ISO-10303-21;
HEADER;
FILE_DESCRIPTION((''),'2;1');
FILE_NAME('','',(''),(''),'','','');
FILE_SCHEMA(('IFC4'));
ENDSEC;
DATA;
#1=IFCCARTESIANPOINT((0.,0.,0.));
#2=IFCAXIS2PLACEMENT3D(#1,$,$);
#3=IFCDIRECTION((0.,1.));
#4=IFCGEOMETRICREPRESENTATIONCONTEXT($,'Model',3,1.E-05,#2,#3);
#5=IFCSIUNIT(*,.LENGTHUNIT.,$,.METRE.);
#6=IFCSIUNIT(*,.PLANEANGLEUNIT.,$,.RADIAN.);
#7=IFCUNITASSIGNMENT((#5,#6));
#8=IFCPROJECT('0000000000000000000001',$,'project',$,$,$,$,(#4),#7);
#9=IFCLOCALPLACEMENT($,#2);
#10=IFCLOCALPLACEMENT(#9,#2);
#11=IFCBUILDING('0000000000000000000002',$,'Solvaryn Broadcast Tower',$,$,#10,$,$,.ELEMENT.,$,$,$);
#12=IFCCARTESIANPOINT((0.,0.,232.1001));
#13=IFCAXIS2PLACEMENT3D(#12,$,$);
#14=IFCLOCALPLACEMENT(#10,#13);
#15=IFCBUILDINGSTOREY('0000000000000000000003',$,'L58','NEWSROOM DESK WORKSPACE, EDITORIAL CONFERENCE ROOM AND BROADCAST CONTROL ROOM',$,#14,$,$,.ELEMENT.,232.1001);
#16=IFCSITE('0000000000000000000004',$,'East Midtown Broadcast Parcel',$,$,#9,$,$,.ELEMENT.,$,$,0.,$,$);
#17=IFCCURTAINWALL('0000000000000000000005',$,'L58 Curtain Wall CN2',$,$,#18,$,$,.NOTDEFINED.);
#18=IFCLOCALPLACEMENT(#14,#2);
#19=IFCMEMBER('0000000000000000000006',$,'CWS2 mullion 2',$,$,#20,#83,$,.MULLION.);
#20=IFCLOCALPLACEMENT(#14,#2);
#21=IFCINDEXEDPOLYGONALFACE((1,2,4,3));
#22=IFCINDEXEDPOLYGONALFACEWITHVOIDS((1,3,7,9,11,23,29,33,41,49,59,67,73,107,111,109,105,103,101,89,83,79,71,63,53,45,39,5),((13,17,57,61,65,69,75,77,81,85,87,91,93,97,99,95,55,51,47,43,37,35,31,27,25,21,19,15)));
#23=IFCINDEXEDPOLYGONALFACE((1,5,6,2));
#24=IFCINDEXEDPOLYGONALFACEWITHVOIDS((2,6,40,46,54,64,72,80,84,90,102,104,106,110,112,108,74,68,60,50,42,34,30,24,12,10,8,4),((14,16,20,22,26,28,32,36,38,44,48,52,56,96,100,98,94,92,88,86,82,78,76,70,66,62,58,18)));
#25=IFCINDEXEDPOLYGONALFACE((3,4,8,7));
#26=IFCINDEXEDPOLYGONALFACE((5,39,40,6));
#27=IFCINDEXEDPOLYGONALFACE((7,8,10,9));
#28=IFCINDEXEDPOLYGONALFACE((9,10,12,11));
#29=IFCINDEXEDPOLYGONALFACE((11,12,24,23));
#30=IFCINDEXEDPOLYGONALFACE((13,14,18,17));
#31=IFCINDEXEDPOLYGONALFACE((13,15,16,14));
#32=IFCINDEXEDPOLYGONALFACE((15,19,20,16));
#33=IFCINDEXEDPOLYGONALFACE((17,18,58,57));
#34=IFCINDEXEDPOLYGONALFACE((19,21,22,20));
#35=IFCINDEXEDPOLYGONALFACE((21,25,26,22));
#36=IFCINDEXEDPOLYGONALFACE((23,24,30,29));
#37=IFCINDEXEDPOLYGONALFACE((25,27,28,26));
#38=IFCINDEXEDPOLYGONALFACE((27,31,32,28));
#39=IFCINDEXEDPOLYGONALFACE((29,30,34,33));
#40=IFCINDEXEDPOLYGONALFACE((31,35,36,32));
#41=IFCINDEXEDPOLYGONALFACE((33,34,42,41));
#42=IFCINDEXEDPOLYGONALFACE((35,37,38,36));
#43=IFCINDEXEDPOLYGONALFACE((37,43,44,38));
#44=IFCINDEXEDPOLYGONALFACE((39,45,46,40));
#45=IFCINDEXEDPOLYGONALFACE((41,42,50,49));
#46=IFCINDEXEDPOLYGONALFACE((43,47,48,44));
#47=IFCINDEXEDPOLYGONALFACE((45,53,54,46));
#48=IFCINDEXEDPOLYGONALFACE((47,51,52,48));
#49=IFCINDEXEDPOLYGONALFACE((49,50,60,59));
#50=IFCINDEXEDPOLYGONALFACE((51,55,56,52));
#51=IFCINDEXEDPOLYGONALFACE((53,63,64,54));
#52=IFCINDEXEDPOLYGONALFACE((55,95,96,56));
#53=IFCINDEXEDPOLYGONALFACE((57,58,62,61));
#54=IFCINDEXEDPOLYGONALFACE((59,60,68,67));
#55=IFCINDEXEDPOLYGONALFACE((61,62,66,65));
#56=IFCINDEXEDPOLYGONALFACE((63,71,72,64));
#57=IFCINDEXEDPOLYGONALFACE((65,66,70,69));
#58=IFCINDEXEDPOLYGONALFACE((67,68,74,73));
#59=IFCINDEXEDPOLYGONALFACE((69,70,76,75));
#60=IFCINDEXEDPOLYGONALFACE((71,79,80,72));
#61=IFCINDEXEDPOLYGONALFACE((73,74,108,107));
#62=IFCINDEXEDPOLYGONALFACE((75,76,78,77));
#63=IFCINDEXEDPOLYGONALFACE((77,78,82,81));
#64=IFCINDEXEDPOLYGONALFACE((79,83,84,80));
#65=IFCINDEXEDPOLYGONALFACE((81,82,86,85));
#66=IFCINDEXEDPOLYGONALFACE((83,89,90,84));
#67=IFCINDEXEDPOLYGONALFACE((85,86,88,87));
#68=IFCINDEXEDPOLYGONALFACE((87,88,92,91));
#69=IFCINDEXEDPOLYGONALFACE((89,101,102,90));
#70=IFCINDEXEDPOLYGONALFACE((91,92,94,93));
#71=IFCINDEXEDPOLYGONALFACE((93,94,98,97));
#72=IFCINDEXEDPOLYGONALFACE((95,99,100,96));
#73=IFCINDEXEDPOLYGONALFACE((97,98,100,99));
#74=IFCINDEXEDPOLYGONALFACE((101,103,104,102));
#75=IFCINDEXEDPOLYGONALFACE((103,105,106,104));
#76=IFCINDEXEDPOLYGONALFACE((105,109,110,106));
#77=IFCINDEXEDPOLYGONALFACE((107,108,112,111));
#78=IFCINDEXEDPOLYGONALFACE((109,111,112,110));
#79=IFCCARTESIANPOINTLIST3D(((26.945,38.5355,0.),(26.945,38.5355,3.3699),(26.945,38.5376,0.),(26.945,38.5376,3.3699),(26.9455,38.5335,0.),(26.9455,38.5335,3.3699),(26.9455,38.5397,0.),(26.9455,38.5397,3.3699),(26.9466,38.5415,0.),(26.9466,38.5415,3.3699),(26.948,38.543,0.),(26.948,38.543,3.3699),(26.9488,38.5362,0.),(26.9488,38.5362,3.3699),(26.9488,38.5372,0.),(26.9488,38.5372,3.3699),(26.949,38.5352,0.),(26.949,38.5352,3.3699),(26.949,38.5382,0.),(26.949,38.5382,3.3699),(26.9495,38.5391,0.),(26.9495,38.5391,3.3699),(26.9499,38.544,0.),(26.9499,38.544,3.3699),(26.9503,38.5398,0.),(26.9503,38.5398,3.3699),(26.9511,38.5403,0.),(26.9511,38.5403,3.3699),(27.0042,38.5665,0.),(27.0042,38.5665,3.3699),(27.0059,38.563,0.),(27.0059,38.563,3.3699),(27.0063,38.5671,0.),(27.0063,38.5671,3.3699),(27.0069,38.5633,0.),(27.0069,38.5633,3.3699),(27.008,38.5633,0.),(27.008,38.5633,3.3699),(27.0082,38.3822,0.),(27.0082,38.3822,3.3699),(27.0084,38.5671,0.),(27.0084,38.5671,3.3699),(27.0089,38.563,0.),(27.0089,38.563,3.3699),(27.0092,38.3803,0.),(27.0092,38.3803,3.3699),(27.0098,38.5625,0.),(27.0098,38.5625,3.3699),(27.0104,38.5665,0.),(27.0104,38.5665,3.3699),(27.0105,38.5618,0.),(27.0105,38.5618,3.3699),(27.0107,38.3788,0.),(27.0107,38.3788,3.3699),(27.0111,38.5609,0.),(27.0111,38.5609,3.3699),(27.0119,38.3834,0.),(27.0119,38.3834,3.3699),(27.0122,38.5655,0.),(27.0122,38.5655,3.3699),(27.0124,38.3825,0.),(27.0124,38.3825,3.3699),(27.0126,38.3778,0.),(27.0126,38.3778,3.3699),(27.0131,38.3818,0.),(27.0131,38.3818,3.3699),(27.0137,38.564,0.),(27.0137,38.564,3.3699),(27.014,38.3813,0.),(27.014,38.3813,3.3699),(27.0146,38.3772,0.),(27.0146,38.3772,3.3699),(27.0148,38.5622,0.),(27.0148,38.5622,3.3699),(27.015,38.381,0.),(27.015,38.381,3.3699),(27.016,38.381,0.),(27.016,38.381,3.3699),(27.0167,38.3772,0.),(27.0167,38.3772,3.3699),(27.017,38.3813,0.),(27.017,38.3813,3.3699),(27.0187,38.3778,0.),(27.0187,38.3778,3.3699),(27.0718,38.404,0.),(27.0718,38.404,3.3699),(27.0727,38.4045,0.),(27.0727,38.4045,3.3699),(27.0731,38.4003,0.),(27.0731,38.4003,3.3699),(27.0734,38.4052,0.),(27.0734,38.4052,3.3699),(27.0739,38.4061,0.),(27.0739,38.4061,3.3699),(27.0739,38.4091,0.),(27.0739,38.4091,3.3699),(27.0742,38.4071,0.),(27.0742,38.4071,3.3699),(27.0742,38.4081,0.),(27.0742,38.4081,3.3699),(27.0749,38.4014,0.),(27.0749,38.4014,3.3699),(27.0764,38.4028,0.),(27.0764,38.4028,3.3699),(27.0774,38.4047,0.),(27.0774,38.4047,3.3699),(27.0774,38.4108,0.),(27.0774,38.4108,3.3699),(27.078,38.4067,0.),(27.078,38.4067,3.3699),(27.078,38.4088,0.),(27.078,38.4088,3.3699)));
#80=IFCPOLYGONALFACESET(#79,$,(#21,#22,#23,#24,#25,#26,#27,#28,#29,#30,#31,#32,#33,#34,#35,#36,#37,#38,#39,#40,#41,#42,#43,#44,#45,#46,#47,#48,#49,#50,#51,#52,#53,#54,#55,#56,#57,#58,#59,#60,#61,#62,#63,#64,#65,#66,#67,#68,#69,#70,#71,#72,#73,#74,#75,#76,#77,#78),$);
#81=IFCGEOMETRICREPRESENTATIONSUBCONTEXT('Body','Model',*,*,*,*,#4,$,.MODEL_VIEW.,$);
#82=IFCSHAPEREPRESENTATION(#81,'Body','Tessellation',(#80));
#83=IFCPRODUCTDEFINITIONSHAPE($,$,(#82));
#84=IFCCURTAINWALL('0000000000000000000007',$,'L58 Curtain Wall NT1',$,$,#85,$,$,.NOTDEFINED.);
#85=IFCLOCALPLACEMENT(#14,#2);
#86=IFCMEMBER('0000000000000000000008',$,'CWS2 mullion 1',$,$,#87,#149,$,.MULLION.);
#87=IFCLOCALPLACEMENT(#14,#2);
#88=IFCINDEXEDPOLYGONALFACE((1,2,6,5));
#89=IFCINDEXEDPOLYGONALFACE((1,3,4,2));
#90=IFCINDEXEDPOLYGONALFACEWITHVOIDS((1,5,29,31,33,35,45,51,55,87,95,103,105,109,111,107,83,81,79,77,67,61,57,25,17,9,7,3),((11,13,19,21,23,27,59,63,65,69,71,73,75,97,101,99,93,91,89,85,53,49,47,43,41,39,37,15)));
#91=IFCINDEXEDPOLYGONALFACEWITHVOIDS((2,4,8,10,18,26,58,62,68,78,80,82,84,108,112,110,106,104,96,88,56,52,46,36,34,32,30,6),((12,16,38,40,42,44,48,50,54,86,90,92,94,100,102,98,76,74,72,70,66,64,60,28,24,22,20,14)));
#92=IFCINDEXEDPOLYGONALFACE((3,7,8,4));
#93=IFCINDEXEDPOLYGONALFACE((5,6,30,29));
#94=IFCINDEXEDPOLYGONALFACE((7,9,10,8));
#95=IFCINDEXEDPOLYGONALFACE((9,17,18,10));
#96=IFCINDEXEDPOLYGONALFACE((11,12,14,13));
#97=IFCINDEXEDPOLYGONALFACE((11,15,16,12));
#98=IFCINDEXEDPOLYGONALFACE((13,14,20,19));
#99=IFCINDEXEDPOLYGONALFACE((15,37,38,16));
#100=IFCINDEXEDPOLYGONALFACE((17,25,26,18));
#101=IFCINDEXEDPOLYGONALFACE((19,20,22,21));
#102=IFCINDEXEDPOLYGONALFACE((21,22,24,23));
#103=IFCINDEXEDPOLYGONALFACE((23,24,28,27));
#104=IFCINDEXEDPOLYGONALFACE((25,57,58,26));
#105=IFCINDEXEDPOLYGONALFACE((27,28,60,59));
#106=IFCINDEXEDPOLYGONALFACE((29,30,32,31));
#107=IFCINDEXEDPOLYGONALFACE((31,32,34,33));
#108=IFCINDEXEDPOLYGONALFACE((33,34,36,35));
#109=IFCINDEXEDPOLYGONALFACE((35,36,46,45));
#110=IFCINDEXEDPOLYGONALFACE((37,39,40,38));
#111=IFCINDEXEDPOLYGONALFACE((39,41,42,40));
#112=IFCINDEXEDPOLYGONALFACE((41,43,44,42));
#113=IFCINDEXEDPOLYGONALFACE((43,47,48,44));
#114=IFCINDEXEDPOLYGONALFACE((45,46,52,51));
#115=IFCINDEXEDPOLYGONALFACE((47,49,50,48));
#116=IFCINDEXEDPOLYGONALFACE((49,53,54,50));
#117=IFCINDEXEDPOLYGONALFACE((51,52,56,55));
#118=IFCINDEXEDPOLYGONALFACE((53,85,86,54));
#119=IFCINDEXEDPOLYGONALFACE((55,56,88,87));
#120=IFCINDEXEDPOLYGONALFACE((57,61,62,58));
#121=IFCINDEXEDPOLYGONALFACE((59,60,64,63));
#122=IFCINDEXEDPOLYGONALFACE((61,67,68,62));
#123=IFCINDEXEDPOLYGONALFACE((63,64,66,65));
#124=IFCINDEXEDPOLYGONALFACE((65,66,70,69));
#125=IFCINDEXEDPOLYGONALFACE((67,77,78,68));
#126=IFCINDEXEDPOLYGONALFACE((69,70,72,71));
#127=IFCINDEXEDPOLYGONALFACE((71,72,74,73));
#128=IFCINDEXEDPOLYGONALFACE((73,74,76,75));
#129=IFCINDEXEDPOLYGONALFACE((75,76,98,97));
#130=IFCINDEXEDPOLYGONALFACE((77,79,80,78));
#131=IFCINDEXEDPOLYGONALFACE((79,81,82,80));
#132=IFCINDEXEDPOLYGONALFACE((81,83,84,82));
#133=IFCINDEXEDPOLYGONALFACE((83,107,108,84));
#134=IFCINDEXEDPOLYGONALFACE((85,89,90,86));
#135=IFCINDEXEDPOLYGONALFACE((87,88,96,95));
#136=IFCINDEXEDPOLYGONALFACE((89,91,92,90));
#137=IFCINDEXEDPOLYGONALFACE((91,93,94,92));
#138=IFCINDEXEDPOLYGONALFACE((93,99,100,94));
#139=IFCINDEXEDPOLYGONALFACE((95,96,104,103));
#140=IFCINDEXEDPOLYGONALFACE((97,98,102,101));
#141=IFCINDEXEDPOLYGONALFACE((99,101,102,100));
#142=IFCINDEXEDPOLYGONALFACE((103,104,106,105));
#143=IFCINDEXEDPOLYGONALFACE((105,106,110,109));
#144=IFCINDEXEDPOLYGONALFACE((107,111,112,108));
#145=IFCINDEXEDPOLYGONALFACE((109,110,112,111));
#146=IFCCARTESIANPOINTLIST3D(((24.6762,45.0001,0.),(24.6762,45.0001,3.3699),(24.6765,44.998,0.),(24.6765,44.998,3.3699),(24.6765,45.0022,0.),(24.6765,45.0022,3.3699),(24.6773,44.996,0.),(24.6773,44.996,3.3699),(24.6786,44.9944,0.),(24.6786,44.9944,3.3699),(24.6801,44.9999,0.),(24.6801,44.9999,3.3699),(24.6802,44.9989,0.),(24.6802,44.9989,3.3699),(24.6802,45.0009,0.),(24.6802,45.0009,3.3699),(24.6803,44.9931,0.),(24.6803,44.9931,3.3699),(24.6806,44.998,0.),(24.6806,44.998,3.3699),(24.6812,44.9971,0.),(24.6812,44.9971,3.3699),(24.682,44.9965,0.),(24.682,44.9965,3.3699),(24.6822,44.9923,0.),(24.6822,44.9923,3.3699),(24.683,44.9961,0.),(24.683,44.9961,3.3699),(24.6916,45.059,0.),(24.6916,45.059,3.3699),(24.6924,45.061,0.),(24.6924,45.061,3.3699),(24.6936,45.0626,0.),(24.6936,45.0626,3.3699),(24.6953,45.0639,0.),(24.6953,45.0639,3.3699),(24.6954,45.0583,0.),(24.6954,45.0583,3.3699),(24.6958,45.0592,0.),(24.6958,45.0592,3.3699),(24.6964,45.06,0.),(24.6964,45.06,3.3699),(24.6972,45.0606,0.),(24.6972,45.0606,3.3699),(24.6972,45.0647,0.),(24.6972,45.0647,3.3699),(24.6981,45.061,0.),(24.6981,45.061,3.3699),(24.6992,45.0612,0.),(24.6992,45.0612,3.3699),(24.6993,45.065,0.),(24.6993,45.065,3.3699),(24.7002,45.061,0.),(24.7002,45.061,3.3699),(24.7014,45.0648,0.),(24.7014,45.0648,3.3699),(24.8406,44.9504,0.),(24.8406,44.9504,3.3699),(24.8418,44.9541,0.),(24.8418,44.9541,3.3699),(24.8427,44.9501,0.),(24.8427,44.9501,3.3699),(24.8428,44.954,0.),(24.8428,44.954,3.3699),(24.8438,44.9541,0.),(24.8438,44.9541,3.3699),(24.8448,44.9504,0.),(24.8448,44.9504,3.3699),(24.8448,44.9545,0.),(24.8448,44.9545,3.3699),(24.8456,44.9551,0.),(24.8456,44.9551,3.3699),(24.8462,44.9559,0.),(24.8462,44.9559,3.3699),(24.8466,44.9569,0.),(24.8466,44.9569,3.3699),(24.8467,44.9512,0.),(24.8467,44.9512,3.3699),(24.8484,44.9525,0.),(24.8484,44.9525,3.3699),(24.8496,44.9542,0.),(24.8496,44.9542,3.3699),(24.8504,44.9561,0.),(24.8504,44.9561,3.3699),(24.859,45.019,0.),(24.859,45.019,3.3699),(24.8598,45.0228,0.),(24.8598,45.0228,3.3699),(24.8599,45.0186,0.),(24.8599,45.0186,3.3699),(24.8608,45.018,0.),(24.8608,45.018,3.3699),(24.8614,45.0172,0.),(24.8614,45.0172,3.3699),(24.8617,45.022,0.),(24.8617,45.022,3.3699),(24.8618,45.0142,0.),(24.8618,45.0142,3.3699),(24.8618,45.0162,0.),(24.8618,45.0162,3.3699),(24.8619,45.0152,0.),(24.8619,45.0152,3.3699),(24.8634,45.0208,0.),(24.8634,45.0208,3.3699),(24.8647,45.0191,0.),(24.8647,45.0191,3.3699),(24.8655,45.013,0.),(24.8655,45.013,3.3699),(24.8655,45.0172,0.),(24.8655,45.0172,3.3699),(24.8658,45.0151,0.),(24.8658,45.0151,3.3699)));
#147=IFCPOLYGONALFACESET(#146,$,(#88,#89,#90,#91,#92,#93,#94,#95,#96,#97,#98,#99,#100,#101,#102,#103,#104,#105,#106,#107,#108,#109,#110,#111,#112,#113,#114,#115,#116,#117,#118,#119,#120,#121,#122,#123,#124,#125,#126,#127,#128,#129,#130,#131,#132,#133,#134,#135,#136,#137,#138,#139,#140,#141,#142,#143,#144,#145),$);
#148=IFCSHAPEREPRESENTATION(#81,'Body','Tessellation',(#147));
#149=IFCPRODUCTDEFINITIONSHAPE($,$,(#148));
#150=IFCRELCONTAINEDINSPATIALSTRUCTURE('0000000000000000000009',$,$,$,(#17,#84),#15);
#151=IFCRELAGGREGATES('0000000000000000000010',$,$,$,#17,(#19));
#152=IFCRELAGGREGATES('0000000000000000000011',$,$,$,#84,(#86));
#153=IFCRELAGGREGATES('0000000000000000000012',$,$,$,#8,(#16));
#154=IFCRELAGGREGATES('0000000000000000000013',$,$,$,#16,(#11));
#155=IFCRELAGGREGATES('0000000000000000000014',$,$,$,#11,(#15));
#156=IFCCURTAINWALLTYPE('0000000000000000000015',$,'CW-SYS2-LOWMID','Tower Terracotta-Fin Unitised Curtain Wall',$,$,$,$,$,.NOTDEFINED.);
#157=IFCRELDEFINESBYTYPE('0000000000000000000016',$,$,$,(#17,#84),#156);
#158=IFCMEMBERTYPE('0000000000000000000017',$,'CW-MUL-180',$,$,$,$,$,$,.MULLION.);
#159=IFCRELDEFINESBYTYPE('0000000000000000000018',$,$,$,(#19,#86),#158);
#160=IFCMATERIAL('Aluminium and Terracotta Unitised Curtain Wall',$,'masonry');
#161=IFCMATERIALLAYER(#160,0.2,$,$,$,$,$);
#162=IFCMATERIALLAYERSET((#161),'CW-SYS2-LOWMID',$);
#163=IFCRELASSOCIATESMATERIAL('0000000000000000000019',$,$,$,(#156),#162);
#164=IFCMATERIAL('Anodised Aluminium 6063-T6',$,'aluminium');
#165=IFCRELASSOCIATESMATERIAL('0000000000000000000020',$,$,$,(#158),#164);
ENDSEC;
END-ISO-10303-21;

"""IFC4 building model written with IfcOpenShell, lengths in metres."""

from ifc_helpers import new_model, si_unit, direction, frame, origin, origin_2d, place, context, subcontext, project, spatial, hollow_rectangle, extrude, material, layer, layer_set, material_profile, profile_set, type_object, element, aggregate, save


model = new_model("IFC4")

# Units and contexts
model_context = context("Model", 3, precision=1e-05, world=origin(), true_north=direction((0.0, 1.0)))
body_context = subcontext(model_context, "Body", "Model", "MODEL_VIEW")
ifc_project = project(units=[si_unit("LENGTHUNIT", "METRE"), si_unit("PLANEANGLEUNIT", "RADIAN")], contexts=[model_context])

# Site, building, storey
site_placement = place(None, origin())
site = spatial("IfcSite", under=ifc_project, at=site_placement, Name="East Midtown Broadcast Parcel", CompositionType="ELEMENT", RefElevation=0.0)
building_placement = place(site_placement, origin())
building = spatial("IfcBuilding", under=site, at=building_placement, Name="Solvaryn Broadcast Tower", CompositionType="ELEMENT")
storey_placement = place(building_placement, frame((0.0, 0.0, 232.1001)))
storey = spatial("IfcBuildingStorey", under=building, at=storey_placement, Name="L58", Description="NEWSROOM DESK WORKSPACE, EDITORIAL CONFERENCE ROOM AND BROADCAST CONTROL ROOM", CompositionType="ELEMENT", Elevation=232.1001)

# Shared definitions
ifc_material_1 = material(Name="Aluminium and Terracotta Unitised Curtain Wall", Category="masonry")
ifc_layer_1 = layer(ifc_material_1, 0.2)
ifc_layer_set_1 = layer_set([ifc_layer_1], Name="CW-SYS2-LOWMID")
curtain_wall_type = type_object("IfcCurtainWallType", Name="CW-SYS2-LOWMID", Description="Tower Terracotta-Fin Unitised Curtain Wall", PredefinedType="NOTDEFINED", material=ifc_layer_set_1)
ifc_material_2 = material(Name="Anodised Aluminium 6063-T6", Category="aluminium")
ifc_material_profile_1 = material_profile(ifc_material_2, hollow_rectangle(XDim=0.075, YDim=0.1799, WallThickness=0.0039, InnerFilletRadius=0.0039, OuterFilletRadius=0.0081, at=origin_2d()))
ifc_profile_set_1 = profile_set([ifc_material_profile_1], Name="Anodised Aluminium 6063-T6")
member_type_1 = type_object("IfcMemberType", Name="CW-MUL-180", PredefinedType="MULLION", material=ifc_profile_set_1)

# Curtain walls, members
curtain_wall_1_placement = place(storey_placement, origin())
curtain_wall_1 = element("IfcCurtainWall", 1, at=curtain_wall_1_placement, inside=storey, type_object=curtain_wall_type, Name="L58 Curtain Wall CN2", PredefinedType="NOTDEFINED")
member_1_placement = place(storey_placement, frame((27.0115, 38.4722, 0.0), z_axis=(0.0, 0.0, 1.0), x_axis=(-0.923895, -0.382646, 0.0)))
member_1 = element("IfcMember", 2, at=member_1_placement, type_object=member_type_1, Name="CWS2 mullion 2", PredefinedType="MULLION", context=body_context, shape_type="SweptSolid", body=[
    extrude(hollow_rectangle(XDim=0.075, YDim=0.1799, WallThickness=0.0039, InnerFilletRadius=0.0039, OuterFilletRadius=0.0081, at=origin_2d()), origin(), (0.0, 0.0, 1.0), 3.3699),
])
aggregate(curtain_wall_1, [member_1])
curtain_wall_2_placement = place(storey_placement, origin())
curtain_wall_2 = element("IfcCurtainWall", 3, at=curtain_wall_2_placement, inside=storey, type_object=curtain_wall_type, Name="L58 Curtain Wall NT1", PredefinedType="NOTDEFINED")
member_2_placement = place(storey_placement, frame((24.771, 45.0076, 0.0), z_axis=(0.0, 0.0, 1.0), x_axis=(-0.255893, -0.966705, 0.0)))
member_2 = element("IfcMember", 4, at=member_2_placement, type_object=member_type_1, Name="CWS2 mullion 1", PredefinedType="MULLION", context=body_context, shape_type="SweptSolid", body=[
    extrude(hollow_rectangle(XDim=0.075, YDim=0.1799, WallThickness=0.0039, InnerFilletRadius=0.0039, OuterFilletRadius=0.0081, at=origin_2d()), origin(), (0.0, 0.0, 1.0), 3.3699),
])

aggregate(curtain_wall_2, [member_2])

save(model, "model.ifc")
